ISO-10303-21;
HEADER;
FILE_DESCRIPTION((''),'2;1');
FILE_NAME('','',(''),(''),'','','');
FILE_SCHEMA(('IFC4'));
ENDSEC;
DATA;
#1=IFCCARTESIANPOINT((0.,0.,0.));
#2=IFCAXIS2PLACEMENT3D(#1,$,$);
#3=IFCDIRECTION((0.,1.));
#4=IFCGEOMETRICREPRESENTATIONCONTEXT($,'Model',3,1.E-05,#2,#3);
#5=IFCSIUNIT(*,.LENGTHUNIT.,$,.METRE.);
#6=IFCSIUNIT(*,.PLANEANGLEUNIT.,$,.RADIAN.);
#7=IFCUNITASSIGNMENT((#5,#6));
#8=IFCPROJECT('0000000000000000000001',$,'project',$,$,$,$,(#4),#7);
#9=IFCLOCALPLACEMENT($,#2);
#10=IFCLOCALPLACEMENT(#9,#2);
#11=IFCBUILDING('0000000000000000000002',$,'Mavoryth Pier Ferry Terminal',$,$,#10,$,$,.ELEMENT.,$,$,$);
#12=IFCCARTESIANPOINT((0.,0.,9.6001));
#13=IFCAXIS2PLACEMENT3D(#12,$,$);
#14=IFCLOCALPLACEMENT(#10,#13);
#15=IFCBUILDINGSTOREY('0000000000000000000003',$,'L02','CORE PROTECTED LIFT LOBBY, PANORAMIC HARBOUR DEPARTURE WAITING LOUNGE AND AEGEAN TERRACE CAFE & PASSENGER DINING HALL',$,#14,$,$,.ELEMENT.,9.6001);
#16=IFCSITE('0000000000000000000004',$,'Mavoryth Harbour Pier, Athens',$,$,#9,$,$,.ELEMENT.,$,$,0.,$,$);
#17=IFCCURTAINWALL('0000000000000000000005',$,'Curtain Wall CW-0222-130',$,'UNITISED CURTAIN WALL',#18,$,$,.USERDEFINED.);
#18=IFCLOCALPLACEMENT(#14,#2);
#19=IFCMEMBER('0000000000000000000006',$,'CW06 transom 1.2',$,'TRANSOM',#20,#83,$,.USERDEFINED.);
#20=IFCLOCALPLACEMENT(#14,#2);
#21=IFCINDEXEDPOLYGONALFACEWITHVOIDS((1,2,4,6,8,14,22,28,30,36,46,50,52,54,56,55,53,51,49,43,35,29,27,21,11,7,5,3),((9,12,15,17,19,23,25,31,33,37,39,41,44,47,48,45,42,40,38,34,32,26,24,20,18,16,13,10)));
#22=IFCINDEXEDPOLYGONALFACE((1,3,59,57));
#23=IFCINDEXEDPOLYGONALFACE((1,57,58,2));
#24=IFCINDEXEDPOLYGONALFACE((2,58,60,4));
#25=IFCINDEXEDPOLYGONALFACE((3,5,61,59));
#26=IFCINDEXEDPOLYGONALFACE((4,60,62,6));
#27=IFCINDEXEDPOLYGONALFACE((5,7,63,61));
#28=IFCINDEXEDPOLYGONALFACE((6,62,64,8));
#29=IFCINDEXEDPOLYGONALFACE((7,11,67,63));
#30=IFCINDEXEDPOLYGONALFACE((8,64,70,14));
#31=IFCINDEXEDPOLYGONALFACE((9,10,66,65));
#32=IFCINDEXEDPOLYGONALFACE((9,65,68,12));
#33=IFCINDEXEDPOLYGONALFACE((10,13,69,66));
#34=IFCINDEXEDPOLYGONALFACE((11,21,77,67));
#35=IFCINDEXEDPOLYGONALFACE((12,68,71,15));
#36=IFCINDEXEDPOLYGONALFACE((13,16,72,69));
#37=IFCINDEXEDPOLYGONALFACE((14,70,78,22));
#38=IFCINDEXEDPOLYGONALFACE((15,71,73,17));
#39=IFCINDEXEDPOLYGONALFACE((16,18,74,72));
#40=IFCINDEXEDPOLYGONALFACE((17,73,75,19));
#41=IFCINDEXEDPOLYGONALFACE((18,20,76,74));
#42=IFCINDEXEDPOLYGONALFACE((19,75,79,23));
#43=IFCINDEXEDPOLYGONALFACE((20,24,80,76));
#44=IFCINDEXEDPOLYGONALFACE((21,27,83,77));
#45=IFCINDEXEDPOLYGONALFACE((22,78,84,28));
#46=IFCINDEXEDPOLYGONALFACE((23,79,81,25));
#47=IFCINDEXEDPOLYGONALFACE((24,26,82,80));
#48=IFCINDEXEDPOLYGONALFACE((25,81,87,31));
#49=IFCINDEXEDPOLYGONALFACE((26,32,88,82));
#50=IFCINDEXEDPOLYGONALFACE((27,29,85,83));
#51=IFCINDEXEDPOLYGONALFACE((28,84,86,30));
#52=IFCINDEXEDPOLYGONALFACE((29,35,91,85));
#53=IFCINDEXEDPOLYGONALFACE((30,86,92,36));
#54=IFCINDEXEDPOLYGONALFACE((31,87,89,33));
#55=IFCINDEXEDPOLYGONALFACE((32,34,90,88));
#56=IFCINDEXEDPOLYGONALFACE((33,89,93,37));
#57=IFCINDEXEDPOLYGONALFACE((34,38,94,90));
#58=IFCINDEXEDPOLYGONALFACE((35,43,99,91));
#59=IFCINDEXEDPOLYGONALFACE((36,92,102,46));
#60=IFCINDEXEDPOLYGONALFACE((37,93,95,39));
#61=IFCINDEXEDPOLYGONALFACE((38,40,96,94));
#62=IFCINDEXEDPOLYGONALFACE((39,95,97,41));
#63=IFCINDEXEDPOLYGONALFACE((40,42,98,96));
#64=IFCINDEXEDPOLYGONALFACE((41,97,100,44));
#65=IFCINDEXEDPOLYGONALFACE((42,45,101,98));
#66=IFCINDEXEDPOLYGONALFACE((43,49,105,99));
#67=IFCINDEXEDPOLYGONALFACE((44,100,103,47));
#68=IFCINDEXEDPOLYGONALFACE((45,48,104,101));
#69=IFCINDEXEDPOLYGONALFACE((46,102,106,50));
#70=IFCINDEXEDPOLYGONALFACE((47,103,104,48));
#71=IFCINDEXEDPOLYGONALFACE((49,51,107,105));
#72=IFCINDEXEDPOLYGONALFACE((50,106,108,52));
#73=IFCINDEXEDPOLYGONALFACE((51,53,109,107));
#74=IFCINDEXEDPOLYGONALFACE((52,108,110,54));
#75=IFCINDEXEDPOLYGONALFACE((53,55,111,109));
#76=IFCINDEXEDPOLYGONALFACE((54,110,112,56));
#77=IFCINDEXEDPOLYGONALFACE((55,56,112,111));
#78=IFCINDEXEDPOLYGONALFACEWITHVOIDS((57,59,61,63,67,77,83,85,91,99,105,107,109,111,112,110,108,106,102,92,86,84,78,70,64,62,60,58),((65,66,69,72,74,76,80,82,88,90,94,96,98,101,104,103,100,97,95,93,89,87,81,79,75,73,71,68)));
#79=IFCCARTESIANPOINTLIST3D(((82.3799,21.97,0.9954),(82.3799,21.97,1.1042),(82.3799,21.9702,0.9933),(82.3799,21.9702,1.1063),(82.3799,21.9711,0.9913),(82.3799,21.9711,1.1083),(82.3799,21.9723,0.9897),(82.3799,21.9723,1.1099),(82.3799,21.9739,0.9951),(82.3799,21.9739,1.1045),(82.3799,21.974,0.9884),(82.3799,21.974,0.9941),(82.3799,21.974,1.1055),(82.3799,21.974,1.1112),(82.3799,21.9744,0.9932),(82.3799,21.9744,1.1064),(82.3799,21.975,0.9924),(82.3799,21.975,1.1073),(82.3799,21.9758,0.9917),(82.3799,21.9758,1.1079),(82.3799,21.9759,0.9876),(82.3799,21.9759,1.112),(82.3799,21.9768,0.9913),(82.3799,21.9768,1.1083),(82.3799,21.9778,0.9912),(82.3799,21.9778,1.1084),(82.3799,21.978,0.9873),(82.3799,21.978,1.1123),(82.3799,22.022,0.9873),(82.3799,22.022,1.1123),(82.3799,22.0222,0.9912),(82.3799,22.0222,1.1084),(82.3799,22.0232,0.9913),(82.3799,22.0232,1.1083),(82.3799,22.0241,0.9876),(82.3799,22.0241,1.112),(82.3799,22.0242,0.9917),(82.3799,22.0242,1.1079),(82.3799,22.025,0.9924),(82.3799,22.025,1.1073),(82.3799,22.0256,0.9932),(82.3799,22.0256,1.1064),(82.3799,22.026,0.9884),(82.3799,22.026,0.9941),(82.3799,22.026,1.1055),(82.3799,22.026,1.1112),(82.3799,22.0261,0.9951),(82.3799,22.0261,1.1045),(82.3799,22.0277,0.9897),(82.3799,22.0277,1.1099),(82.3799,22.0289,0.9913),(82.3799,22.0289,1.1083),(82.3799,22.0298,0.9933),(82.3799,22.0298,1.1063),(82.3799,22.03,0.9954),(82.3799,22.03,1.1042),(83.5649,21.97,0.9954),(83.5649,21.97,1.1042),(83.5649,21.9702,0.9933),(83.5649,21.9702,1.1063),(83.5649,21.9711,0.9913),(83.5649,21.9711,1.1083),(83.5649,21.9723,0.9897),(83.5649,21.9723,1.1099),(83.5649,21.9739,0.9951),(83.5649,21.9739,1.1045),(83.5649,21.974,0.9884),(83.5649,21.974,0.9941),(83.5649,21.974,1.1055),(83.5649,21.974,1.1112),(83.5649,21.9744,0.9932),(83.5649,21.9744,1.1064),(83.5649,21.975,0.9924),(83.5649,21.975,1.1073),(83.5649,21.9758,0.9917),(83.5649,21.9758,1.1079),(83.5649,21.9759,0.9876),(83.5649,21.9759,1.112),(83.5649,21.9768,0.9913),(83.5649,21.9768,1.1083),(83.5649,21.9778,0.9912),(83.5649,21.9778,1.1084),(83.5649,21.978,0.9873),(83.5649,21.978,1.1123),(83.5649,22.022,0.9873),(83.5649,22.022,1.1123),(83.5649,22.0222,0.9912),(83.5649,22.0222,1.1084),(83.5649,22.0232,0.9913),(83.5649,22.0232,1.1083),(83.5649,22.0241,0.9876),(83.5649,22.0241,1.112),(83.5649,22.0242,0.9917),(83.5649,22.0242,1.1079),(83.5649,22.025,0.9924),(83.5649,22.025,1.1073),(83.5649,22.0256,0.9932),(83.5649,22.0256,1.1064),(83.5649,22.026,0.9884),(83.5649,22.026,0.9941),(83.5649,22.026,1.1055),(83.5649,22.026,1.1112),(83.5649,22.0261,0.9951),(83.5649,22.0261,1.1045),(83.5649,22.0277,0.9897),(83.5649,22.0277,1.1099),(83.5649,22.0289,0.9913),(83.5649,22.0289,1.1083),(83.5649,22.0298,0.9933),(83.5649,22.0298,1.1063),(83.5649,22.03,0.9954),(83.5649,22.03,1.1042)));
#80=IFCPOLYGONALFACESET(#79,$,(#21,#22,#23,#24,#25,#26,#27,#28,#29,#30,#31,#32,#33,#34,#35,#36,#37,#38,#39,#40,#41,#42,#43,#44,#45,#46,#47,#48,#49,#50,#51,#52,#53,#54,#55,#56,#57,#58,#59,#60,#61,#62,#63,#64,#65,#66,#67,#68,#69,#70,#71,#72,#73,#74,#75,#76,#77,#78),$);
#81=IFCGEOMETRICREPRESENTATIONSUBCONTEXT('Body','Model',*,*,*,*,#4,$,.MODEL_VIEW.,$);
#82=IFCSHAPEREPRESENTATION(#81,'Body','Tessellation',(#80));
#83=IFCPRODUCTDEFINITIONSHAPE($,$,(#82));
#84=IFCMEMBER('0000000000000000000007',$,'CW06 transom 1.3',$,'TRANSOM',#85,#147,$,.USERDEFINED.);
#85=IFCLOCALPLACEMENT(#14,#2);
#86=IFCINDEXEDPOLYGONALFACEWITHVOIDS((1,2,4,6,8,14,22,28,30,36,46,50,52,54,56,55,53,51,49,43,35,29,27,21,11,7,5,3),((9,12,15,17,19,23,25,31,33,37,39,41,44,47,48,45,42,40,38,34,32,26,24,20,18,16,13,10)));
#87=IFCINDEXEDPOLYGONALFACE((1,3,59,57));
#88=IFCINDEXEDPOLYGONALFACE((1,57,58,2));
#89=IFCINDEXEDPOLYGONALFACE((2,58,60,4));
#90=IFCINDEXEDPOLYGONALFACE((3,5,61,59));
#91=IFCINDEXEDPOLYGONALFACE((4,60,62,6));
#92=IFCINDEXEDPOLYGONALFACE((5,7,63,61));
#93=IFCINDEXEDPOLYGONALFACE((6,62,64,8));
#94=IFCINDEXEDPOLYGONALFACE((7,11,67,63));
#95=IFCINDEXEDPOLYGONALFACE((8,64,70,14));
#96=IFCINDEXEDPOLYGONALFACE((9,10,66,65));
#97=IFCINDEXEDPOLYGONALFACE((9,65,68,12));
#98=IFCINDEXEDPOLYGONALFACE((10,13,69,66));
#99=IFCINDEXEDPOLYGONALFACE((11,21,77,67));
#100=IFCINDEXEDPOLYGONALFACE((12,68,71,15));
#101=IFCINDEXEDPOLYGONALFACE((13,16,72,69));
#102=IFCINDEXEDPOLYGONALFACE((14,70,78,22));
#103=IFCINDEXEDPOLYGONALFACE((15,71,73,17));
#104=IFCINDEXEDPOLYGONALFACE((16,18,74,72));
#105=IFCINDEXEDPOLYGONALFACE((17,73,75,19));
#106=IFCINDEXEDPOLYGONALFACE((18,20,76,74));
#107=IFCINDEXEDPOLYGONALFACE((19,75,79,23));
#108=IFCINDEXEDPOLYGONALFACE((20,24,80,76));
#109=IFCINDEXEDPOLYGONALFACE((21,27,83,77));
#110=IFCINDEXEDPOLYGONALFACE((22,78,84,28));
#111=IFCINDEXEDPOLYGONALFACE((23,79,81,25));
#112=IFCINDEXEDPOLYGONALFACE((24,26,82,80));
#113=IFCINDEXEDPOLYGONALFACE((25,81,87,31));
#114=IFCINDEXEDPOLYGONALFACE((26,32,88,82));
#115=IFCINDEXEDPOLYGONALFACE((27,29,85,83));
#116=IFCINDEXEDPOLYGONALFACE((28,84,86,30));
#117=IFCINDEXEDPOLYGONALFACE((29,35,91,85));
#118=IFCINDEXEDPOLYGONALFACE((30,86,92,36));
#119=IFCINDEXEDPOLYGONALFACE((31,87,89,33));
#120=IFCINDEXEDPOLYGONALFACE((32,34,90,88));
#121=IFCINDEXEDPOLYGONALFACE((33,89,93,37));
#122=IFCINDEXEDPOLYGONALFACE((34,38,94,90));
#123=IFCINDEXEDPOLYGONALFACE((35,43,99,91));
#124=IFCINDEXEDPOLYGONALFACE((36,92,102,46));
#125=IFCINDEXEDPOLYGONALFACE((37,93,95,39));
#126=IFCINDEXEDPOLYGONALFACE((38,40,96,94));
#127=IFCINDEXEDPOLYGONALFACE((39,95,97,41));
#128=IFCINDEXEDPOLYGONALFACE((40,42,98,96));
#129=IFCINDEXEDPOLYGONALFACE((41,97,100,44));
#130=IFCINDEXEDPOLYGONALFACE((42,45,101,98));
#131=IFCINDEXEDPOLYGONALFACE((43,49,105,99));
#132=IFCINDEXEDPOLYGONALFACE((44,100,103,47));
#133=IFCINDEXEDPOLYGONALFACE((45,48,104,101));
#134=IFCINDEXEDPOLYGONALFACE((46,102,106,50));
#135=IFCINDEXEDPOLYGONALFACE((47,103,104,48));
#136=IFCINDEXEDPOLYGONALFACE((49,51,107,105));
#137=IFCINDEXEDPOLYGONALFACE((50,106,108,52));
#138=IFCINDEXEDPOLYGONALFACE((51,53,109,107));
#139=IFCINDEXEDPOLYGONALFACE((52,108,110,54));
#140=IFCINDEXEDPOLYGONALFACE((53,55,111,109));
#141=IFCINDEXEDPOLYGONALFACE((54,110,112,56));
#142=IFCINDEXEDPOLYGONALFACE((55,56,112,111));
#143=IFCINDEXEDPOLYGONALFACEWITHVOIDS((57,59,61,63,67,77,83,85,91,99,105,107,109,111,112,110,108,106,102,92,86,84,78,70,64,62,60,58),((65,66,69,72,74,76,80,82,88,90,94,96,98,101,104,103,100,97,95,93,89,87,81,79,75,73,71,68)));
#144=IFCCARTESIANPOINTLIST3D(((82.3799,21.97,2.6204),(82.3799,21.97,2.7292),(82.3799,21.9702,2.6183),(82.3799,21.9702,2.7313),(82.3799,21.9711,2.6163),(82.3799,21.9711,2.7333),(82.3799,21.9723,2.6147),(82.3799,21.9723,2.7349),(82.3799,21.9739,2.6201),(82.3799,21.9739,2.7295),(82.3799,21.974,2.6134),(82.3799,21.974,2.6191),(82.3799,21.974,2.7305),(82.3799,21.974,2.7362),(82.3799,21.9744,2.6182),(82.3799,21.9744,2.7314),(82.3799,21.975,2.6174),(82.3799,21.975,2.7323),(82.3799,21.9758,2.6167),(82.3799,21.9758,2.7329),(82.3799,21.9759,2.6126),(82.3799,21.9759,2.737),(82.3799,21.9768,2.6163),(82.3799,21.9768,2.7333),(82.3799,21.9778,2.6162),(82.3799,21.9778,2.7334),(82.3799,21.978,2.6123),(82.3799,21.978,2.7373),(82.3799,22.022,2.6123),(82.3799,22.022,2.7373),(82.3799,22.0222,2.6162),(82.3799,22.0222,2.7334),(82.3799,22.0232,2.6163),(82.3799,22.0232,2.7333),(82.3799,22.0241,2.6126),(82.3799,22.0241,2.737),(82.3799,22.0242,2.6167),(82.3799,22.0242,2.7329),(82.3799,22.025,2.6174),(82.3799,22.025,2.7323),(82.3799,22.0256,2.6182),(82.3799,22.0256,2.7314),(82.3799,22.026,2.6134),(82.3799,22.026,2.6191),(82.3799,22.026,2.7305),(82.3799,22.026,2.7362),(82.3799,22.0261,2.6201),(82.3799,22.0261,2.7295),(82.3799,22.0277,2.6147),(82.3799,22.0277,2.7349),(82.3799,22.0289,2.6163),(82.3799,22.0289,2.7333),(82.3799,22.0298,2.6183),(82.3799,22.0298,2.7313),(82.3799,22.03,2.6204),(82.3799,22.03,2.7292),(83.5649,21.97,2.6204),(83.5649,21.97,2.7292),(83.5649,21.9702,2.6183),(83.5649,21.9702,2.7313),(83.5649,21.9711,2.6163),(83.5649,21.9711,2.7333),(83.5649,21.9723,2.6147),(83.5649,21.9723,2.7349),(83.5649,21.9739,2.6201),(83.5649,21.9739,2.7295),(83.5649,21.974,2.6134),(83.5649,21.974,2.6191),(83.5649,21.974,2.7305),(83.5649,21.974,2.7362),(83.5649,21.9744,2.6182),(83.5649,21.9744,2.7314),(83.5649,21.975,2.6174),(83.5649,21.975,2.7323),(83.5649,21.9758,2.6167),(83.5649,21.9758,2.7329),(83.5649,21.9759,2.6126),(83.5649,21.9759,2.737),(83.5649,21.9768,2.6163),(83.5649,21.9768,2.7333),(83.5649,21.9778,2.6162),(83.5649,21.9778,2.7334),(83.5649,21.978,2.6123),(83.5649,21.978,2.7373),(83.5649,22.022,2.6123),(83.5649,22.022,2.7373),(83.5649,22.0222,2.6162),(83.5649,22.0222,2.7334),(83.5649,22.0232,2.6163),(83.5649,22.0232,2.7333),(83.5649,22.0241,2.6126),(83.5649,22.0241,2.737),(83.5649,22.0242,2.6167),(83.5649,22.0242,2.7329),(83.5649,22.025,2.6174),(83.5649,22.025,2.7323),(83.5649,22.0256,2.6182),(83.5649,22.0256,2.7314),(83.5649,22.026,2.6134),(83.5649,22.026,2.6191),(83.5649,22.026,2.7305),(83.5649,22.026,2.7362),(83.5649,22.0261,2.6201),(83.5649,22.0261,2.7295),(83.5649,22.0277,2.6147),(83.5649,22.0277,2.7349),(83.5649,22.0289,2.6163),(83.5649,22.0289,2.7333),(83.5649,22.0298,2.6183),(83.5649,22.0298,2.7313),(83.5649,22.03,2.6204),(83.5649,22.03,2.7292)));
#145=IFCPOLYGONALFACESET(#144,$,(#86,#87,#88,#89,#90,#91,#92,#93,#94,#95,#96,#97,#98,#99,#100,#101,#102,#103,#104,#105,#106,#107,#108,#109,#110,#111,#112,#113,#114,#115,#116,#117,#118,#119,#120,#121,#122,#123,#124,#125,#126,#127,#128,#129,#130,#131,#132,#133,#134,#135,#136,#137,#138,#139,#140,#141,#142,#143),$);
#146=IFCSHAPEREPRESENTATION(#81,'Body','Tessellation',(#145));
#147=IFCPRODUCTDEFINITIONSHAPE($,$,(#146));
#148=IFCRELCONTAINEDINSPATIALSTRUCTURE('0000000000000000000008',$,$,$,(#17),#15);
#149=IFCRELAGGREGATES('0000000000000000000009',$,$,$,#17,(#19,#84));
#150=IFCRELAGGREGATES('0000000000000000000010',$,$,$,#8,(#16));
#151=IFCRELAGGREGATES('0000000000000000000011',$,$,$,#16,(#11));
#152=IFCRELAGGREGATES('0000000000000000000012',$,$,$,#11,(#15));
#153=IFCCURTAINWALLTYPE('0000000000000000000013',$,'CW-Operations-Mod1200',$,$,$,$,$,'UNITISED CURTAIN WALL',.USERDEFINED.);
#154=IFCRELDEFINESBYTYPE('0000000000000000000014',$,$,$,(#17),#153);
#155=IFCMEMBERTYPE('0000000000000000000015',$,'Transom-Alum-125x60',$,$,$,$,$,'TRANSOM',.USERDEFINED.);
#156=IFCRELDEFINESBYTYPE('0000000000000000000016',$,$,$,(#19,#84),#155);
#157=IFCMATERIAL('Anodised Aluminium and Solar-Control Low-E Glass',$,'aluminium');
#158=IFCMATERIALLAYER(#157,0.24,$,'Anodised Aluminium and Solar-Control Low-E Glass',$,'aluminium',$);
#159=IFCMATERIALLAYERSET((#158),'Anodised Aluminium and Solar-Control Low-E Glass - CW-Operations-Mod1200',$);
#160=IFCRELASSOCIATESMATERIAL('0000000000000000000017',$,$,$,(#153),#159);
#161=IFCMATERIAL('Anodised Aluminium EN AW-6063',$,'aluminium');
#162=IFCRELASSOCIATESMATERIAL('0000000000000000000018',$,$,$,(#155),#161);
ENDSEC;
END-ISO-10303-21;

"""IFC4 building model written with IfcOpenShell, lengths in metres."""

from ifc_helpers import new_model, si_unit, direction, frame, origin, origin_2d, place, context, subcontext, project, spatial, hollow_rectangle, extrude, material, layer, layer_set, material_profile, profile_set, type_object, element, aggregate, save


model = new_model("IFC4")

# Units and contexts
model_context = context("Model", 3, precision=1e-05, world=origin(), true_north=direction((0.0, 1.0)))
body_context = subcontext(model_context, "Body", "Model", "MODEL_VIEW")
ifc_project = project(units=[si_unit("LENGTHUNIT", "METRE"), si_unit("PLANEANGLEUNIT", "RADIAN")], contexts=[model_context])

# Site, building, storey
site_placement = place(None, origin())
site = spatial("IfcSite", under=ifc_project, at=site_placement, Name="Mavoryth Harbour Pier, Athens", CompositionType="ELEMENT", RefElevation=0.0)
building_placement = place(site_placement, origin())
building = spatial("IfcBuilding", under=site, at=building_placement, Name="Mavoryth Pier Ferry Terminal", CompositionType="ELEMENT")
storey_placement = place(building_placement, frame((0.0, 0.0, 9.6001)))
storey = spatial("IfcBuildingStorey", under=building, at=storey_placement, Name="L02", Description="CORE PROTECTED LIFT LOBBY, PANORAMIC HARBOUR DEPARTURE WAITING LOUNGE AND AEGEAN TERRACE CAFE & PASSENGER DINING HALL", CompositionType="ELEMENT", Elevation=9.6001)

# Curtain wall, members
ifc_material_1 = material(Name="Anodised Aluminium and Solar-Control Low-E Glass", Category="aluminium")
ifc_layer_1 = layer(ifc_material_1, 0.24, Name="Anodised Aluminium and Solar-Control Low-E Glass", Category="aluminium")
ifc_layer_set_1 = layer_set([ifc_layer_1], Name="Anodised Aluminium and Solar-Control Low-E Glass - CW-Operations-Mod1200")
curtain_wall_type = type_object("IfcCurtainWallType", Name="CW-Operations-Mod1200", ElementType="UNITISED CURTAIN WALL", PredefinedType="USERDEFINED", material=ifc_layer_set_1)
curtain_wall_placement = place(storey_placement, origin())
curtain_wall = element("IfcCurtainWall", 1, at=curtain_wall_placement, inside=storey, type_object=curtain_wall_type, Name="Curtain Wall CW-0222-130", ObjectType="UNITISED CURTAIN WALL", PredefinedType="USERDEFINED")
ifc_material_2 = material(Name="Anodised Aluminium EN AW-6063", Category="aluminium")
ifc_material_profile_1 = material_profile(ifc_material_2, hollow_rectangle(XDim=0.0601, YDim=0.125, WallThickness=0.0039, InnerFilletRadius=0.0039, OuterFilletRadius=0.0081, at=origin_2d()), Name="AL-TRAN 125x60x4", Category="aluminium")
ifc_profile_set_1 = profile_set([ifc_material_profile_1], Name="Anodised Aluminium EN AW-6063 - AL-TRAN 125x60x4")
member_type_1 = type_object("IfcMemberType", Name="Transom-Alum-125x60", ElementType="TRANSOM", PredefinedType="USERDEFINED", material=ifc_profile_set_1)
member_1_placement = place(storey_placement, frame((83.5649, 22.0, 1.0498), z_axis=(-1.0, 0.0, 0.0), x_axis=(0.0, -1.0, 0.0)))
member_1 = element("IfcMember", 2, at=member_1_placement, type_object=member_type_1, Name="CW06 transom 1.2", ObjectType="TRANSOM", PredefinedType="USERDEFINED", context=body_context, shape_type="SweptSolid", body=[
    extrude(hollow_rectangle(XDim=0.0601, YDim=0.125, WallThickness=0.0039, InnerFilletRadius=0.0039, OuterFilletRadius=0.0081, at=origin_2d()), origin(), (0.0, 0.0, 1.0), 1.1851),
])
member_2_placement = place(storey_placement, frame((83.5649, 22.0, 2.6748), z_axis=(-1.0, 0.0, 0.0), x_axis=(0.0, -1.0, 0.0)))
member_2 = element("IfcMember", 3, at=member_2_placement, type_object=member_type_1, Name="CW06 transom 1.3", ObjectType="TRANSOM", PredefinedType="USERDEFINED", context=body_context, shape_type="SweptSolid", body=[
    extrude(hollow_rectangle(XDim=0.0601, YDim=0.125, WallThickness=0.0039, InnerFilletRadius=0.0039, OuterFilletRadius=0.0081, at=origin_2d()), origin(), (0.0, 0.0, 1.0), 1.1851),
])
aggregate(curtain_wall, [member_1, member_2])

save(model, "model.ifc")
